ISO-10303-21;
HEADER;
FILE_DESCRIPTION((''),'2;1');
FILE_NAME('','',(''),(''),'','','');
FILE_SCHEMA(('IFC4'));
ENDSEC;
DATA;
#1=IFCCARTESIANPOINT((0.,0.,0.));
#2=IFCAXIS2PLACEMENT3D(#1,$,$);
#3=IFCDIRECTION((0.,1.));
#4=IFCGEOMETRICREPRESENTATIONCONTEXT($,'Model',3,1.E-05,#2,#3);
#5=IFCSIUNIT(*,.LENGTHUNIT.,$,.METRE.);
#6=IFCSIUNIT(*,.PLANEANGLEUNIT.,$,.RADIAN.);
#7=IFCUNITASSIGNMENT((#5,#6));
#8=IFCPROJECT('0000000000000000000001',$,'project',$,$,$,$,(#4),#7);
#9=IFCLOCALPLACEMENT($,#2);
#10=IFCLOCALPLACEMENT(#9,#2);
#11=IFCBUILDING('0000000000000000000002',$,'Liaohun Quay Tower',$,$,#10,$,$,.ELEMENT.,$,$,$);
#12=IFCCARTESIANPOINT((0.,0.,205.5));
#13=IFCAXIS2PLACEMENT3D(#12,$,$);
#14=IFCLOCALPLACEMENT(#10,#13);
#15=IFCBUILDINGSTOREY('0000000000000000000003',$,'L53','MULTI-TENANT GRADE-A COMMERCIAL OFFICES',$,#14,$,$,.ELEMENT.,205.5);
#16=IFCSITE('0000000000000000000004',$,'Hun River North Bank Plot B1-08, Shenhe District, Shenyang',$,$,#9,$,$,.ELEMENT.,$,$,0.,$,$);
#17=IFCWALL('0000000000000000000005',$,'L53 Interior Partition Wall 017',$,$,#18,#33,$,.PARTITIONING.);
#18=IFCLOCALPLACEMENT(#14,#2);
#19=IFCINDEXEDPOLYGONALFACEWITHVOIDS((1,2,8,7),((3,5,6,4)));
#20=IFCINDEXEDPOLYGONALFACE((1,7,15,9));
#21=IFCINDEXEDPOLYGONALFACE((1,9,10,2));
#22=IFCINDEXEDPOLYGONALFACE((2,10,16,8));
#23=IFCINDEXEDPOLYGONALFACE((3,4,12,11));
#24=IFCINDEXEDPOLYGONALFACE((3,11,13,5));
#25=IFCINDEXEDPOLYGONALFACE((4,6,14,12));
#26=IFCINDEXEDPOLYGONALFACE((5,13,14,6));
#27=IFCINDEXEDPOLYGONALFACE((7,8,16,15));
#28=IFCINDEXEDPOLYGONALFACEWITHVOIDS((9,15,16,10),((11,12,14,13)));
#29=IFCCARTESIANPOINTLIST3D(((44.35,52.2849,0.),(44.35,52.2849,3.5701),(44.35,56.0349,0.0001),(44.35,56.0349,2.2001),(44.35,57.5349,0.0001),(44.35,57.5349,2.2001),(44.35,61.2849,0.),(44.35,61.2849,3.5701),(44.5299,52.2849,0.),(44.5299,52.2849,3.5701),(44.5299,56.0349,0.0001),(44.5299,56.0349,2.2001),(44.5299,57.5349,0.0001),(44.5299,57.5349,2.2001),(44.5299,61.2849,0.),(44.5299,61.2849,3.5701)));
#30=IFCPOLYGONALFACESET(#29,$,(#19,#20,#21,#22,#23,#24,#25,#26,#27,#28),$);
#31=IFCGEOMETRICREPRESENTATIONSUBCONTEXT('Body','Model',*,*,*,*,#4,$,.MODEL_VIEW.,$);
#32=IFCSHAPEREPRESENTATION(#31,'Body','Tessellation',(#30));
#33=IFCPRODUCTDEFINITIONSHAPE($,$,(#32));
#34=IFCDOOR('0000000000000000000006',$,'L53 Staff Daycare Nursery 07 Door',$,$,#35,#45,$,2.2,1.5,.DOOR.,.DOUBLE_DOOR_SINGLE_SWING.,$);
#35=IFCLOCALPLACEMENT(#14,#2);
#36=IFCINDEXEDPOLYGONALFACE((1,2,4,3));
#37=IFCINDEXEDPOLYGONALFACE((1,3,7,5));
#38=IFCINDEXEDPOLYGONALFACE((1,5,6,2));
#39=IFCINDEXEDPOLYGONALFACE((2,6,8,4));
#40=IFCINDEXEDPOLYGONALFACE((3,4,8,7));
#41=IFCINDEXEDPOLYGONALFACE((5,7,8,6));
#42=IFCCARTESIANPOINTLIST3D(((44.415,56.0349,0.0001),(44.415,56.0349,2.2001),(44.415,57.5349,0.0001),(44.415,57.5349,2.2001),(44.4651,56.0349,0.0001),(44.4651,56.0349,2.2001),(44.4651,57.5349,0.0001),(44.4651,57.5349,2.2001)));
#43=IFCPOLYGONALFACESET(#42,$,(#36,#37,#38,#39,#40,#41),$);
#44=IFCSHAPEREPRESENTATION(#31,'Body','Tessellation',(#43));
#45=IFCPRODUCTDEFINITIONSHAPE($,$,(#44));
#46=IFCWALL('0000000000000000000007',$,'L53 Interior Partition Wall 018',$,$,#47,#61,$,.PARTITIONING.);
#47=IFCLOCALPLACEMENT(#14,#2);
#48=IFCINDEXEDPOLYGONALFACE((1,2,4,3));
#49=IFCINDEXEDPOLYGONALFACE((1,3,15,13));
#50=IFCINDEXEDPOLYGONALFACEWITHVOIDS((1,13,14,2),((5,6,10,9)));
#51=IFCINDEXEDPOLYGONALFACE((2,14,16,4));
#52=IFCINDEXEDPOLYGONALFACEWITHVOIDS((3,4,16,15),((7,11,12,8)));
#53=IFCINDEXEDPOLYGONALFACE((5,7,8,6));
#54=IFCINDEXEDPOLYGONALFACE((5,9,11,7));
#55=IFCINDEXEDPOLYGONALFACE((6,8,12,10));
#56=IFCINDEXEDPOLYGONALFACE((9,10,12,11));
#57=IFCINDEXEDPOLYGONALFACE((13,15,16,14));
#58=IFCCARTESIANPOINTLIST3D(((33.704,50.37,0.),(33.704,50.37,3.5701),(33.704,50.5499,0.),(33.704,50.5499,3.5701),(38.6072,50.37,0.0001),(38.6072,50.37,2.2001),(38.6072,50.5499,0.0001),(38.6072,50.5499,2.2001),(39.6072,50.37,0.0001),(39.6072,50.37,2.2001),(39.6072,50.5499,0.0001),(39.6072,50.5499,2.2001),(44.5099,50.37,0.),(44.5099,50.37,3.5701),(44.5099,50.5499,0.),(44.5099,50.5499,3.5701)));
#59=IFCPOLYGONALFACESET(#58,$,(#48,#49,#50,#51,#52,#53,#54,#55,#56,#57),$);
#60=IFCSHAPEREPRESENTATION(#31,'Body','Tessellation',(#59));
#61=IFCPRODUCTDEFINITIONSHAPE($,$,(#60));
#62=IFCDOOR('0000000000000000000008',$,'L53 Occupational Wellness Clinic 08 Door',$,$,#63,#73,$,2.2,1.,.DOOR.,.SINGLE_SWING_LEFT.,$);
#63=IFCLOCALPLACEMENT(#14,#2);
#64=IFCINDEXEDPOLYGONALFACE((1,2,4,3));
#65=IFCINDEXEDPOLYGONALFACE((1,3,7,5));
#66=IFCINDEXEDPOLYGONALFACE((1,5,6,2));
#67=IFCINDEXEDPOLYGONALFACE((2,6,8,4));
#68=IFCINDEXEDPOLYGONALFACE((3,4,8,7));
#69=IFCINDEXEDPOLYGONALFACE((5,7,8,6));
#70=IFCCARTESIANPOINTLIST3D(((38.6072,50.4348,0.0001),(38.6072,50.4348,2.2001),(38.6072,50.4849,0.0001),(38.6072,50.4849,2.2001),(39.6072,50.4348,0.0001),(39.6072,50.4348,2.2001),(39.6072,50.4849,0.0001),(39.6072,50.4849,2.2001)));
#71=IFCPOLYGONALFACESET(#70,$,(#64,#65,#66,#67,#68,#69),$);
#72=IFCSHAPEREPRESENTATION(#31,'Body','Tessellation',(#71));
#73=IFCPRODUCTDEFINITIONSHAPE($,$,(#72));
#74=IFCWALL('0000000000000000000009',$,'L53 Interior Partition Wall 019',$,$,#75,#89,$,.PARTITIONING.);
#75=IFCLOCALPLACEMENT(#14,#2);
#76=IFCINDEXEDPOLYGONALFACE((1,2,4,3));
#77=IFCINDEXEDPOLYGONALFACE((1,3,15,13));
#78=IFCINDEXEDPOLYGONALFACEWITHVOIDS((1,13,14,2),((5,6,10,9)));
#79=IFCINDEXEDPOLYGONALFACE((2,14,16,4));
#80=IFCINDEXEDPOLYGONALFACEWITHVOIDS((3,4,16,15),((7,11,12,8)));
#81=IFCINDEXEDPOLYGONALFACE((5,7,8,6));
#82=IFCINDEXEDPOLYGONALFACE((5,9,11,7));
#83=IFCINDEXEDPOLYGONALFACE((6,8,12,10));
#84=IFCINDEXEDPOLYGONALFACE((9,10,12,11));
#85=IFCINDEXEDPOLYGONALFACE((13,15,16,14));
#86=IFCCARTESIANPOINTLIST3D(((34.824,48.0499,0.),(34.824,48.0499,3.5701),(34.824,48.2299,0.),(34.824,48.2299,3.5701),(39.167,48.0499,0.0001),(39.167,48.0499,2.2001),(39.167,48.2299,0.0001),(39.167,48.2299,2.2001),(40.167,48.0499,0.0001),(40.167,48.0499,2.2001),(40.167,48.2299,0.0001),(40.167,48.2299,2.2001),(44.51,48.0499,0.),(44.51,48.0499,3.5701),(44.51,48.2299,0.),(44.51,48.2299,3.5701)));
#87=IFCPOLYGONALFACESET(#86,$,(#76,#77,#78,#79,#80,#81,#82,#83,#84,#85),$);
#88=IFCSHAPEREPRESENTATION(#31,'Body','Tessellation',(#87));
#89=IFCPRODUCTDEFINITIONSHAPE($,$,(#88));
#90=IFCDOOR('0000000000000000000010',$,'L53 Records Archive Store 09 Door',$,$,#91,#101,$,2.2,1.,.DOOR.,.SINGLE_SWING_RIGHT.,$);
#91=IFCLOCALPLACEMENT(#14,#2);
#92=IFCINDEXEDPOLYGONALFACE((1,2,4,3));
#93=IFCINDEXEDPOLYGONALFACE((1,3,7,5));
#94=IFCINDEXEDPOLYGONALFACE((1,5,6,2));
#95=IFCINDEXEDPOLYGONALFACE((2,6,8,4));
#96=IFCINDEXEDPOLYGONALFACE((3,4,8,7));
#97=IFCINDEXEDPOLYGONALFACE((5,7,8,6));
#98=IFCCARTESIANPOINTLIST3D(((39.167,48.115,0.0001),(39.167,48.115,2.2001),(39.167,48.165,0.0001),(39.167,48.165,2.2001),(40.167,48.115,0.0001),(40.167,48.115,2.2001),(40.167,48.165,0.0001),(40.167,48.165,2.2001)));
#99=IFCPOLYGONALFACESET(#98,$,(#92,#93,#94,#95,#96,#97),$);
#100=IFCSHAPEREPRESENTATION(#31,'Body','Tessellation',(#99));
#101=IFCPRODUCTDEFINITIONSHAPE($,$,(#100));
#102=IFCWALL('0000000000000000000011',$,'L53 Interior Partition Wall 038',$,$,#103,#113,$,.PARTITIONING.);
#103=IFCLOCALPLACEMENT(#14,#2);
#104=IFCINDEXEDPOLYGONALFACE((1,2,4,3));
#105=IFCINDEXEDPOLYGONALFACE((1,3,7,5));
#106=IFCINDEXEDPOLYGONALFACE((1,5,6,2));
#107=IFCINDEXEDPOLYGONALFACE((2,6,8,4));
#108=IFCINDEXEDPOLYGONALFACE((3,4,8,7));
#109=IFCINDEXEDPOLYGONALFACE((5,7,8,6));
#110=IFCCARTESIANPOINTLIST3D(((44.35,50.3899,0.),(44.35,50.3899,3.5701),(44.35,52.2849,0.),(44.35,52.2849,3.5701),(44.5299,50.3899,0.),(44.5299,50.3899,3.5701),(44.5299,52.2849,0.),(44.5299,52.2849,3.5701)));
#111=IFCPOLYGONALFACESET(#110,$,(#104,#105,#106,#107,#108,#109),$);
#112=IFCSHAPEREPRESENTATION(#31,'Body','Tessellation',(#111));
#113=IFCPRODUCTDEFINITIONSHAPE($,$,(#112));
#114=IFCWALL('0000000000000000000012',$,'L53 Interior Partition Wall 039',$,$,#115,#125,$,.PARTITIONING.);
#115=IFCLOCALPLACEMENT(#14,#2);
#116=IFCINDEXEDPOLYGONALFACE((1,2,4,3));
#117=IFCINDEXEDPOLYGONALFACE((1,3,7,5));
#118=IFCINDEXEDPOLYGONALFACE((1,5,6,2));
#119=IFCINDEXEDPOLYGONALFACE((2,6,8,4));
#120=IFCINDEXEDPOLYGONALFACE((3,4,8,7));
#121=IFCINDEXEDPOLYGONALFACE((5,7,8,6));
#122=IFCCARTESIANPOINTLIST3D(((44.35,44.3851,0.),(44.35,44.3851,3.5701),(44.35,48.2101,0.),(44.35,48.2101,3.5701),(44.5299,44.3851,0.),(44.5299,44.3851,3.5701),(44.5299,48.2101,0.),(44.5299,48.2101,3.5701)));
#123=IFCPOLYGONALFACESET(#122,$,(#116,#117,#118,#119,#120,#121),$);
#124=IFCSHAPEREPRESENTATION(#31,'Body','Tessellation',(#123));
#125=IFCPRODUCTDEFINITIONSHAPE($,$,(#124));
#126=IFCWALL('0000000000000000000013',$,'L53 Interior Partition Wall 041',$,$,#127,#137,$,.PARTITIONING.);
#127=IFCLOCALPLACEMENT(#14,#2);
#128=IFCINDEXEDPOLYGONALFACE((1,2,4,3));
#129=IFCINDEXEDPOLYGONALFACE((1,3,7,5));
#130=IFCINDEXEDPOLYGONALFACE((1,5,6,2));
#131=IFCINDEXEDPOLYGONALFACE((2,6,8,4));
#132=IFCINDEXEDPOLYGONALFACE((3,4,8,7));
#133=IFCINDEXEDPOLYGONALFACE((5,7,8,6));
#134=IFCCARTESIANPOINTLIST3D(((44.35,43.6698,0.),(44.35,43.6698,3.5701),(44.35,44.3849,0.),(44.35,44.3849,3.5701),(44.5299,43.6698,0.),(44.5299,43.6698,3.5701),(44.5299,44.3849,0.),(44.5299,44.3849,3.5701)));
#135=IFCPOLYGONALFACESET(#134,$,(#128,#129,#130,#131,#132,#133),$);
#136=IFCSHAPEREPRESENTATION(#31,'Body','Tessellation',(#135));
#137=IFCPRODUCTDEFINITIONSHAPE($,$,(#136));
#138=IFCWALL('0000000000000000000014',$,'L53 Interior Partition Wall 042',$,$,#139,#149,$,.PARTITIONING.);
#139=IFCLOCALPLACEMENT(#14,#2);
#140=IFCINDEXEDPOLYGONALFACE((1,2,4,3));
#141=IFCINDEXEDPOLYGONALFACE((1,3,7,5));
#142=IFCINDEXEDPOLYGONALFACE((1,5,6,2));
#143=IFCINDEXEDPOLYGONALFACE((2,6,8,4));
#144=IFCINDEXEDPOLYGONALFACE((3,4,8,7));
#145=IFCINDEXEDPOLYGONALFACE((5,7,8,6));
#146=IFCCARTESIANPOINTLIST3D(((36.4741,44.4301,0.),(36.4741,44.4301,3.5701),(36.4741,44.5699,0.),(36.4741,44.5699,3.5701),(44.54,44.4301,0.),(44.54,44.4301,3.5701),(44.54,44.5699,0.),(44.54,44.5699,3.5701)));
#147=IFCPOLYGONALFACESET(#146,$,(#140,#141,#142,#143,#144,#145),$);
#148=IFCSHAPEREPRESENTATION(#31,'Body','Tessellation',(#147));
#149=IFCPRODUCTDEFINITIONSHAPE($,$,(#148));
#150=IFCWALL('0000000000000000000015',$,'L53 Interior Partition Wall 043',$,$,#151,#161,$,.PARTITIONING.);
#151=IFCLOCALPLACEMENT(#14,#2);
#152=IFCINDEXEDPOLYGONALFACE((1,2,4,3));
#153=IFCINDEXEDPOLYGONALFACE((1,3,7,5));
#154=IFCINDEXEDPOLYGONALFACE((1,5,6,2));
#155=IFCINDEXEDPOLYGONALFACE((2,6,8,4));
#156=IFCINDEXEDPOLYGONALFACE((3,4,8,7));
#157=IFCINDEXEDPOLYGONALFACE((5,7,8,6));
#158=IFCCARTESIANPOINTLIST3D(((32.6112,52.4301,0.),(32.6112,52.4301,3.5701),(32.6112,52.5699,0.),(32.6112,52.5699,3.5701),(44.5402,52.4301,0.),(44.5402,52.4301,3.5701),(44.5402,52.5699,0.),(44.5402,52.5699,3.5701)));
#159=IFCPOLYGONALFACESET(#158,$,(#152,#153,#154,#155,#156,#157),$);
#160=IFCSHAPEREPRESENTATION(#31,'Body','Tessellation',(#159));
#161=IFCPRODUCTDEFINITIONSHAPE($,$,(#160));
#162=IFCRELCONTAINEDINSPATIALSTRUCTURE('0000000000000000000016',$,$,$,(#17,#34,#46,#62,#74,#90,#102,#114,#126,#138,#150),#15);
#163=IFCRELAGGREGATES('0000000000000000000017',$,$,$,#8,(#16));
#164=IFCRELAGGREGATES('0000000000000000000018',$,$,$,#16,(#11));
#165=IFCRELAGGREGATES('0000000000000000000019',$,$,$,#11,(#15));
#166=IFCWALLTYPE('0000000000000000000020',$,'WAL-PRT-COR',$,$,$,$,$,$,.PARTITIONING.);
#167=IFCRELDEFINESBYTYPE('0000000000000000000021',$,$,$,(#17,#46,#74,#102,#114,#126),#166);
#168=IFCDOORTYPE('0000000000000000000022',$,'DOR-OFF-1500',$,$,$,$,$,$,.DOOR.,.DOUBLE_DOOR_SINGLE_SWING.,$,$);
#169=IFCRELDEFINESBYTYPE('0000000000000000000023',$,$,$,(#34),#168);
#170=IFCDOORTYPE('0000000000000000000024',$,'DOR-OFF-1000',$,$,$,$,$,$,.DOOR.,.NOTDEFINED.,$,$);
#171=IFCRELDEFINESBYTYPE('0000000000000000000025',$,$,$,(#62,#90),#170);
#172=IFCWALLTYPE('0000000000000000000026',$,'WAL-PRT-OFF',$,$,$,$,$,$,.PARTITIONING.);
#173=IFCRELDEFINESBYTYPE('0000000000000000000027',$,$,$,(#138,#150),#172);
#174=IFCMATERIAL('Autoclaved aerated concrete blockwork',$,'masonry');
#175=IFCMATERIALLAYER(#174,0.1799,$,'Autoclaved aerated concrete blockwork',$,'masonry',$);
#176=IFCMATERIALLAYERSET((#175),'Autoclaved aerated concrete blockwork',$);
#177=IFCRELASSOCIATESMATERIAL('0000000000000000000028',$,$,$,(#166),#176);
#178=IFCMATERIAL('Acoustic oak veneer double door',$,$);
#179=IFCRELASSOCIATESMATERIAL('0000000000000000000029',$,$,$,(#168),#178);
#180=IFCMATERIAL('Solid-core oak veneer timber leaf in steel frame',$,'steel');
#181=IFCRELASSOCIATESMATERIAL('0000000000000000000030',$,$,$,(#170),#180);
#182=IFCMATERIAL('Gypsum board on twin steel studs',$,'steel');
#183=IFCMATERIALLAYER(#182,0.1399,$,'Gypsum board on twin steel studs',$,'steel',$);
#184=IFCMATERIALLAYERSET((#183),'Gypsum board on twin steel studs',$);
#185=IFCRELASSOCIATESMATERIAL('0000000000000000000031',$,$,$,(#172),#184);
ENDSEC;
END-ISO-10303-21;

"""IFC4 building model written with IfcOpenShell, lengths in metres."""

from ifc_helpers import new_model, si_unit, direction, frame, frame_2d, origin, place, context, subcontext, project, spatial, rectangle, extrude, source, transform, mapped, material, layer, layer_set, type_object, element, fill, save


model = new_model("IFC4")

# Units and contexts
model_context = context("Model", 3, precision=1e-05, world=origin(), true_north=direction((0.0, 1.0)))
body_context = subcontext(model_context, "Body", "Model", "MODEL_VIEW")
ifc_project = project(units=[si_unit("LENGTHUNIT", "METRE"), si_unit("PLANEANGLEUNIT", "RADIAN")], contexts=[model_context])

# Site, building, storey
site_placement = place(None, origin())
site = spatial("IfcSite", under=ifc_project, at=site_placement, Name="Hun River North Bank Plot B1-08, Shenhe District, Shenyang", CompositionType="ELEMENT", RefElevation=0.0)
building_placement = place(site_placement, origin())
building = spatial("IfcBuilding", under=site, at=building_placement, Name="Liaohun Quay Tower", CompositionType="ELEMENT")
storey_placement = place(building_placement, frame((0.0, 0.0, 205.5)))
storey = spatial("IfcBuildingStorey", under=building, at=storey_placement, Name="L53", Description="MULTI-TENANT GRADE-A COMMERCIAL OFFICES", CompositionType="ELEMENT", Elevation=205.5)

# Walls, openings, doors
ifc_material_1 = material(Name="Autoclaved aerated concrete blockwork", Category="masonry")
ifc_layer_1 = layer(ifc_material_1, 0.1799, Name="Autoclaved aerated concrete blockwork", Category="masonry")
ifc_layer_set_1 = layer_set([ifc_layer_1], Name="Autoclaved aerated concrete blockwork")
wall_type_1 = type_object("IfcWallType", Name="WAL-PRT-COR", PredefinedType="PARTITIONING", material=ifc_layer_set_1)
wall_1_placement = place(storey_placement, frame((44.4399, 52.2849, 0.0), z_axis=(0.0, 0.0, 1.0), x_axis=(0.0, 1.0, 0.0)))
wall_1 = element("IfcWall", 1, at=wall_1_placement, inside=storey, type_object=wall_type_1, Name="L53 Interior Partition Wall 017", PredefinedType="PARTITIONING", context=body_context, shape_type="SweptSolid", body=[
    extrude(rectangle(XDim=9.0, YDim=0.1799, at=frame_2d((4.5, 0.0))), origin(), (0.0, 0.0, 1.0), 3.5701),
])
shared_shape_1 = source(origin(), body_context, "Body", "SweptSolid", [
    extrude(rectangle(XDim=1.5, YDim=2.2, at=frame_2d((0.75, 1.1001))), frame((0.0, 0.0999, 0.0), z_axis=(0.0, -1.0, 0.0), x_axis=(1.0, 0.0, 0.0)), (0.0, 0.0, 1.0), 0.2),
])
opening_1_placement = place(wall_1_placement, frame((3.75, 0.0, 0.0)))
opening_1 = element("IfcOpeningElement", 2, at=opening_1_placement, cuts=wall_1, PredefinedType="OPENING", context=body_context, shape_type="MappedRepresentation", body=[
    mapped(shared_shape_1, transform((0.0, 0.0, 0.0), x_axis=(1.0, 0.0, 0.0), y_axis=(0.0, 1.0, 0.0), z_axis=(0.0, 0.0, 1.0), scale=1.0)),
])
ifc_material_2 = material(Name="Acoustic oak veneer double door")
door_type_1 = type_object("IfcDoorType", Name="DOR-OFF-1500", OperationType="DOUBLE_DOOR_SINGLE_SWING", PredefinedType="DOOR", material=ifc_material_2)
shared_shape_2 = source(origin(), body_context, "Body", "SweptSolid", [
    extrude(rectangle(XDim=1.5, YDim=2.2, at=frame_2d((0.75, 1.1001))), frame((0.0, 0.0249, 0.0), z_axis=(0.0, -1.0, 0.0), x_axis=(1.0, 0.0, 0.0)), (0.0, 0.0, 1.0), 0.05),
])
door_1_placement = place(opening_1_placement, origin())
door_1 = element("IfcDoor", 3, at=door_1_placement, inside=storey, type_object=door_type_1, Name="L53 Staff Daycare Nursery 07 Door", OperationType="DOUBLE_DOOR_SINGLE_SWING", OverallHeight=2.2, OverallWidth=1.5, PredefinedType="DOOR", context=body_context, shape_type="MappedRepresentation", body=[
    mapped(shared_shape_2, transform((0.0, 0.0, 0.0), x_axis=(1.0, 0.0, 0.0), y_axis=(0.0, 1.0, 0.0), z_axis=(0.0, 0.0, 1.0), scale=1.0)),
])
fill(opening_1, door_1)
wall_2_placement = place(storey_placement, frame((33.7041, 50.46, 0.0), z_axis=(0.0, 0.0, 1.0), x_axis=(1.0, 0.0, 0.0)))
wall_2 = element("IfcWall", 4, at=wall_2_placement, inside=storey, type_object=wall_type_1, Name="L53 Interior Partition Wall 018", PredefinedType="PARTITIONING", context=body_context, shape_type="SweptSolid", body=[
    extrude(rectangle(XDim=10.8059, YDim=0.1799, at=frame_2d((5.4028, 0.0))), origin(), (0.0, 0.0, 1.0), 3.5701),
])
shared_shape_3 = source(origin(), body_context, "Body", "SweptSolid", [
    extrude(rectangle(XDim=1.0, YDim=2.2, at=frame_2d((0.5, 1.1001))), frame((0.0, 0.0999, 0.0), z_axis=(0.0, -1.0, 0.0), x_axis=(1.0, 0.0, 0.0)), (0.0, 0.0, 1.0), 0.2),
])
opening_2_placement = place(wall_2_placement, frame((4.9031, 0.0, 0.0)))
opening_2 = element("IfcOpeningElement", 5, at=opening_2_placement, cuts=wall_2, PredefinedType="OPENING", context=body_context, shape_type="MappedRepresentation", body=[
    mapped(shared_shape_3, transform((0.0, 0.0, 0.0), x_axis=(1.0, 0.0, 0.0), y_axis=(0.0, 1.0, 0.0), z_axis=(0.0, 0.0, 1.0), scale=1.0)),
])
ifc_material_3 = material(Name="Solid-core oak veneer timber leaf in steel frame", Category="steel")
door_type_2 = type_object("IfcDoorType", Name="DOR-OFF-1000", OperationType="NOTDEFINED", PredefinedType="DOOR", material=ifc_material_3)
shared_shape_4 = source(origin(), body_context, "Body", "SweptSolid", [
    extrude(rectangle(XDim=1.0, YDim=2.2, at=frame_2d((0.5, 1.1001))), frame((0.0, 0.0249, 0.0), z_axis=(0.0, -1.0, 0.0), x_axis=(1.0, 0.0, 0.0)), (0.0, 0.0, 1.0), 0.05),
])
door_2_placement = place(opening_2_placement, origin())
door_2 = element("IfcDoor", 6, at=door_2_placement, inside=storey, type_object=door_type_2, Name="L53 Occupational Wellness Clinic 08 Door", OperationType="SINGLE_SWING_LEFT", OverallHeight=2.2, OverallWidth=1.0, PredefinedType="DOOR", context=body_context, shape_type="MappedRepresentation", body=[
    mapped(shared_shape_4, transform((0.0, 0.0, 0.0), x_axis=(1.0, 0.0, 0.0), y_axis=(0.0, 1.0, 0.0), z_axis=(0.0, 0.0, 1.0), scale=1.0)),
])
fill(opening_2, door_2)
wall_3_placement = place(storey_placement, frame((44.51, 48.1399, 0.0), z_axis=(0.0, 0.0, 1.0), x_axis=(-1.0, 0.0, 0.0)))
wall_3 = element("IfcWall", 7, at=wall_3_placement, inside=storey, type_object=wall_type_1, Name="L53 Interior Partition Wall 019", PredefinedType="PARTITIONING", context=body_context, shape_type="SweptSolid", body=[
    extrude(rectangle(XDim=9.686, YDim=0.1799, at=frame_2d((4.843, 0.0))), origin(), (0.0, 0.0, 1.0), 3.5701),
])
opening_3_placement = place(wall_3_placement, frame((4.343, 0.0, 0.0)))
opening_3 = element("IfcOpeningElement", 8, at=opening_3_placement, cuts=wall_3, PredefinedType="OPENING", context=body_context, shape_type="MappedRepresentation", body=[
    mapped(shared_shape_3, transform((0.0, 0.0, 0.0), x_axis=(1.0, 0.0, 0.0), y_axis=(0.0, 1.0, 0.0), z_axis=(0.0, 0.0, 1.0), scale=1.0)),
])
door_3_placement = place(opening_3_placement, origin())
door_3 = element("IfcDoor", 9, at=door_3_placement, inside=storey, type_object=door_type_2, Name="L53 Records Archive Store 09 Door", OperationType="SINGLE_SWING_RIGHT", OverallHeight=2.2, OverallWidth=1.0, PredefinedType="DOOR", context=body_context, shape_type="MappedRepresentation", body=[
    mapped(shared_shape_4, transform((0.0, 0.0, 0.0), x_axis=(1.0, 0.0, 0.0), y_axis=(0.0, 1.0, 0.0), z_axis=(0.0, 0.0, 1.0), scale=1.0)),
])
fill(opening_3, door_3)

# Walls
wall_4_placement = place(storey_placement, frame((44.4399, 50.3899, 0.0), z_axis=(0.0, 0.0, 1.0), x_axis=(0.0, 1.0, 0.0)))
element("IfcWall", 10, at=wall_4_placement, inside=storey, type_object=wall_type_1, Name="L53 Interior Partition Wall 038", PredefinedType="PARTITIONING", context=body_context, shape_type="SweptSolid", body=[
    extrude(rectangle(XDim=1.895, YDim=0.1799, at=frame_2d((0.9475, 0.0))), origin(), (0.0, 0.0, 1.0), 3.5701),
])
wall_5_placement = place(storey_placement, frame((44.4399, 44.385, 0.0), z_axis=(0.0, 0.0, 1.0), x_axis=(0.0, 1.0, 0.0)))
element("IfcWall", 11, at=wall_5_placement, inside=storey, type_object=wall_type_1, Name="L53 Interior Partition Wall 039", PredefinedType="PARTITIONING", context=body_context, shape_type="SweptSolid", body=[
    extrude(rectangle(XDim=3.825, YDim=0.1799, at=frame_2d((1.9126, 0.0))), origin(), (0.0, 0.0, 1.0), 3.5701),
])
wall_6_placement = place(storey_placement, frame((44.4399, 43.6699, 0.0), z_axis=(0.0, 0.0, 1.0), x_axis=(0.0, 1.0, 0.0)))
element("IfcWall", 12, at=wall_6_placement, inside=storey, type_object=wall_type_1, Name="L53 Interior Partition Wall 041", PredefinedType="PARTITIONING", context=body_context, shape_type="SweptSolid", body=[
    extrude(rectangle(XDim=0.7151, YDim=0.1799, at=frame_2d((0.3574, 0.0))), origin(), (0.0, 0.0, 1.0), 3.5701),
])
ifc_material_4 = material(Name="Gypsum board on twin steel studs", Category="steel")
ifc_layer_2 = layer(ifc_material_4, 0.1399, Name="Gypsum board on twin steel studs", Category="steel")
ifc_layer_set_2 = layer_set([ifc_layer_2], Name="Gypsum board on twin steel studs")
wall_type_2 = type_object("IfcWallType", Name="WAL-PRT-OFF", PredefinedType="PARTITIONING", material=ifc_layer_set_2)
wall_7_placement = place(storey_placement, frame((44.54, 44.5, 0.0), z_axis=(0.0, 0.0, 1.0), x_axis=(-1.0, 0.0, 0.0)))
element("IfcWall", 13, at=wall_7_placement, inside=storey, type_object=wall_type_2, Name="L53 Interior Partition Wall 042", PredefinedType="PARTITIONING", context=body_context, shape_type="SweptSolid", body=[
    extrude(rectangle(XDim=8.0659, YDim=0.1399, at=frame_2d((4.033, 0.0))), origin(), (0.0, 0.0, 1.0), 3.5701),
])
wall_8_placement = place(storey_placement, frame((44.54, 52.5, 0.0), z_axis=(0.0, 0.0, 1.0), x_axis=(-1.0, 0.0, 0.0)))
element("IfcWall", 14, at=wall_8_placement, inside=storey, type_object=wall_type_2, Name="L53 Interior Partition Wall 043", PredefinedType="PARTITIONING", context=body_context, shape_type="SweptSolid", body=[
    extrude(rectangle(XDim=11.929, YDim=0.1399, at=frame_2d((5.9644, 0.0))), origin(), (0.0, 0.0, 1.0), 3.5701),
])

save(model, "model.ifc")
